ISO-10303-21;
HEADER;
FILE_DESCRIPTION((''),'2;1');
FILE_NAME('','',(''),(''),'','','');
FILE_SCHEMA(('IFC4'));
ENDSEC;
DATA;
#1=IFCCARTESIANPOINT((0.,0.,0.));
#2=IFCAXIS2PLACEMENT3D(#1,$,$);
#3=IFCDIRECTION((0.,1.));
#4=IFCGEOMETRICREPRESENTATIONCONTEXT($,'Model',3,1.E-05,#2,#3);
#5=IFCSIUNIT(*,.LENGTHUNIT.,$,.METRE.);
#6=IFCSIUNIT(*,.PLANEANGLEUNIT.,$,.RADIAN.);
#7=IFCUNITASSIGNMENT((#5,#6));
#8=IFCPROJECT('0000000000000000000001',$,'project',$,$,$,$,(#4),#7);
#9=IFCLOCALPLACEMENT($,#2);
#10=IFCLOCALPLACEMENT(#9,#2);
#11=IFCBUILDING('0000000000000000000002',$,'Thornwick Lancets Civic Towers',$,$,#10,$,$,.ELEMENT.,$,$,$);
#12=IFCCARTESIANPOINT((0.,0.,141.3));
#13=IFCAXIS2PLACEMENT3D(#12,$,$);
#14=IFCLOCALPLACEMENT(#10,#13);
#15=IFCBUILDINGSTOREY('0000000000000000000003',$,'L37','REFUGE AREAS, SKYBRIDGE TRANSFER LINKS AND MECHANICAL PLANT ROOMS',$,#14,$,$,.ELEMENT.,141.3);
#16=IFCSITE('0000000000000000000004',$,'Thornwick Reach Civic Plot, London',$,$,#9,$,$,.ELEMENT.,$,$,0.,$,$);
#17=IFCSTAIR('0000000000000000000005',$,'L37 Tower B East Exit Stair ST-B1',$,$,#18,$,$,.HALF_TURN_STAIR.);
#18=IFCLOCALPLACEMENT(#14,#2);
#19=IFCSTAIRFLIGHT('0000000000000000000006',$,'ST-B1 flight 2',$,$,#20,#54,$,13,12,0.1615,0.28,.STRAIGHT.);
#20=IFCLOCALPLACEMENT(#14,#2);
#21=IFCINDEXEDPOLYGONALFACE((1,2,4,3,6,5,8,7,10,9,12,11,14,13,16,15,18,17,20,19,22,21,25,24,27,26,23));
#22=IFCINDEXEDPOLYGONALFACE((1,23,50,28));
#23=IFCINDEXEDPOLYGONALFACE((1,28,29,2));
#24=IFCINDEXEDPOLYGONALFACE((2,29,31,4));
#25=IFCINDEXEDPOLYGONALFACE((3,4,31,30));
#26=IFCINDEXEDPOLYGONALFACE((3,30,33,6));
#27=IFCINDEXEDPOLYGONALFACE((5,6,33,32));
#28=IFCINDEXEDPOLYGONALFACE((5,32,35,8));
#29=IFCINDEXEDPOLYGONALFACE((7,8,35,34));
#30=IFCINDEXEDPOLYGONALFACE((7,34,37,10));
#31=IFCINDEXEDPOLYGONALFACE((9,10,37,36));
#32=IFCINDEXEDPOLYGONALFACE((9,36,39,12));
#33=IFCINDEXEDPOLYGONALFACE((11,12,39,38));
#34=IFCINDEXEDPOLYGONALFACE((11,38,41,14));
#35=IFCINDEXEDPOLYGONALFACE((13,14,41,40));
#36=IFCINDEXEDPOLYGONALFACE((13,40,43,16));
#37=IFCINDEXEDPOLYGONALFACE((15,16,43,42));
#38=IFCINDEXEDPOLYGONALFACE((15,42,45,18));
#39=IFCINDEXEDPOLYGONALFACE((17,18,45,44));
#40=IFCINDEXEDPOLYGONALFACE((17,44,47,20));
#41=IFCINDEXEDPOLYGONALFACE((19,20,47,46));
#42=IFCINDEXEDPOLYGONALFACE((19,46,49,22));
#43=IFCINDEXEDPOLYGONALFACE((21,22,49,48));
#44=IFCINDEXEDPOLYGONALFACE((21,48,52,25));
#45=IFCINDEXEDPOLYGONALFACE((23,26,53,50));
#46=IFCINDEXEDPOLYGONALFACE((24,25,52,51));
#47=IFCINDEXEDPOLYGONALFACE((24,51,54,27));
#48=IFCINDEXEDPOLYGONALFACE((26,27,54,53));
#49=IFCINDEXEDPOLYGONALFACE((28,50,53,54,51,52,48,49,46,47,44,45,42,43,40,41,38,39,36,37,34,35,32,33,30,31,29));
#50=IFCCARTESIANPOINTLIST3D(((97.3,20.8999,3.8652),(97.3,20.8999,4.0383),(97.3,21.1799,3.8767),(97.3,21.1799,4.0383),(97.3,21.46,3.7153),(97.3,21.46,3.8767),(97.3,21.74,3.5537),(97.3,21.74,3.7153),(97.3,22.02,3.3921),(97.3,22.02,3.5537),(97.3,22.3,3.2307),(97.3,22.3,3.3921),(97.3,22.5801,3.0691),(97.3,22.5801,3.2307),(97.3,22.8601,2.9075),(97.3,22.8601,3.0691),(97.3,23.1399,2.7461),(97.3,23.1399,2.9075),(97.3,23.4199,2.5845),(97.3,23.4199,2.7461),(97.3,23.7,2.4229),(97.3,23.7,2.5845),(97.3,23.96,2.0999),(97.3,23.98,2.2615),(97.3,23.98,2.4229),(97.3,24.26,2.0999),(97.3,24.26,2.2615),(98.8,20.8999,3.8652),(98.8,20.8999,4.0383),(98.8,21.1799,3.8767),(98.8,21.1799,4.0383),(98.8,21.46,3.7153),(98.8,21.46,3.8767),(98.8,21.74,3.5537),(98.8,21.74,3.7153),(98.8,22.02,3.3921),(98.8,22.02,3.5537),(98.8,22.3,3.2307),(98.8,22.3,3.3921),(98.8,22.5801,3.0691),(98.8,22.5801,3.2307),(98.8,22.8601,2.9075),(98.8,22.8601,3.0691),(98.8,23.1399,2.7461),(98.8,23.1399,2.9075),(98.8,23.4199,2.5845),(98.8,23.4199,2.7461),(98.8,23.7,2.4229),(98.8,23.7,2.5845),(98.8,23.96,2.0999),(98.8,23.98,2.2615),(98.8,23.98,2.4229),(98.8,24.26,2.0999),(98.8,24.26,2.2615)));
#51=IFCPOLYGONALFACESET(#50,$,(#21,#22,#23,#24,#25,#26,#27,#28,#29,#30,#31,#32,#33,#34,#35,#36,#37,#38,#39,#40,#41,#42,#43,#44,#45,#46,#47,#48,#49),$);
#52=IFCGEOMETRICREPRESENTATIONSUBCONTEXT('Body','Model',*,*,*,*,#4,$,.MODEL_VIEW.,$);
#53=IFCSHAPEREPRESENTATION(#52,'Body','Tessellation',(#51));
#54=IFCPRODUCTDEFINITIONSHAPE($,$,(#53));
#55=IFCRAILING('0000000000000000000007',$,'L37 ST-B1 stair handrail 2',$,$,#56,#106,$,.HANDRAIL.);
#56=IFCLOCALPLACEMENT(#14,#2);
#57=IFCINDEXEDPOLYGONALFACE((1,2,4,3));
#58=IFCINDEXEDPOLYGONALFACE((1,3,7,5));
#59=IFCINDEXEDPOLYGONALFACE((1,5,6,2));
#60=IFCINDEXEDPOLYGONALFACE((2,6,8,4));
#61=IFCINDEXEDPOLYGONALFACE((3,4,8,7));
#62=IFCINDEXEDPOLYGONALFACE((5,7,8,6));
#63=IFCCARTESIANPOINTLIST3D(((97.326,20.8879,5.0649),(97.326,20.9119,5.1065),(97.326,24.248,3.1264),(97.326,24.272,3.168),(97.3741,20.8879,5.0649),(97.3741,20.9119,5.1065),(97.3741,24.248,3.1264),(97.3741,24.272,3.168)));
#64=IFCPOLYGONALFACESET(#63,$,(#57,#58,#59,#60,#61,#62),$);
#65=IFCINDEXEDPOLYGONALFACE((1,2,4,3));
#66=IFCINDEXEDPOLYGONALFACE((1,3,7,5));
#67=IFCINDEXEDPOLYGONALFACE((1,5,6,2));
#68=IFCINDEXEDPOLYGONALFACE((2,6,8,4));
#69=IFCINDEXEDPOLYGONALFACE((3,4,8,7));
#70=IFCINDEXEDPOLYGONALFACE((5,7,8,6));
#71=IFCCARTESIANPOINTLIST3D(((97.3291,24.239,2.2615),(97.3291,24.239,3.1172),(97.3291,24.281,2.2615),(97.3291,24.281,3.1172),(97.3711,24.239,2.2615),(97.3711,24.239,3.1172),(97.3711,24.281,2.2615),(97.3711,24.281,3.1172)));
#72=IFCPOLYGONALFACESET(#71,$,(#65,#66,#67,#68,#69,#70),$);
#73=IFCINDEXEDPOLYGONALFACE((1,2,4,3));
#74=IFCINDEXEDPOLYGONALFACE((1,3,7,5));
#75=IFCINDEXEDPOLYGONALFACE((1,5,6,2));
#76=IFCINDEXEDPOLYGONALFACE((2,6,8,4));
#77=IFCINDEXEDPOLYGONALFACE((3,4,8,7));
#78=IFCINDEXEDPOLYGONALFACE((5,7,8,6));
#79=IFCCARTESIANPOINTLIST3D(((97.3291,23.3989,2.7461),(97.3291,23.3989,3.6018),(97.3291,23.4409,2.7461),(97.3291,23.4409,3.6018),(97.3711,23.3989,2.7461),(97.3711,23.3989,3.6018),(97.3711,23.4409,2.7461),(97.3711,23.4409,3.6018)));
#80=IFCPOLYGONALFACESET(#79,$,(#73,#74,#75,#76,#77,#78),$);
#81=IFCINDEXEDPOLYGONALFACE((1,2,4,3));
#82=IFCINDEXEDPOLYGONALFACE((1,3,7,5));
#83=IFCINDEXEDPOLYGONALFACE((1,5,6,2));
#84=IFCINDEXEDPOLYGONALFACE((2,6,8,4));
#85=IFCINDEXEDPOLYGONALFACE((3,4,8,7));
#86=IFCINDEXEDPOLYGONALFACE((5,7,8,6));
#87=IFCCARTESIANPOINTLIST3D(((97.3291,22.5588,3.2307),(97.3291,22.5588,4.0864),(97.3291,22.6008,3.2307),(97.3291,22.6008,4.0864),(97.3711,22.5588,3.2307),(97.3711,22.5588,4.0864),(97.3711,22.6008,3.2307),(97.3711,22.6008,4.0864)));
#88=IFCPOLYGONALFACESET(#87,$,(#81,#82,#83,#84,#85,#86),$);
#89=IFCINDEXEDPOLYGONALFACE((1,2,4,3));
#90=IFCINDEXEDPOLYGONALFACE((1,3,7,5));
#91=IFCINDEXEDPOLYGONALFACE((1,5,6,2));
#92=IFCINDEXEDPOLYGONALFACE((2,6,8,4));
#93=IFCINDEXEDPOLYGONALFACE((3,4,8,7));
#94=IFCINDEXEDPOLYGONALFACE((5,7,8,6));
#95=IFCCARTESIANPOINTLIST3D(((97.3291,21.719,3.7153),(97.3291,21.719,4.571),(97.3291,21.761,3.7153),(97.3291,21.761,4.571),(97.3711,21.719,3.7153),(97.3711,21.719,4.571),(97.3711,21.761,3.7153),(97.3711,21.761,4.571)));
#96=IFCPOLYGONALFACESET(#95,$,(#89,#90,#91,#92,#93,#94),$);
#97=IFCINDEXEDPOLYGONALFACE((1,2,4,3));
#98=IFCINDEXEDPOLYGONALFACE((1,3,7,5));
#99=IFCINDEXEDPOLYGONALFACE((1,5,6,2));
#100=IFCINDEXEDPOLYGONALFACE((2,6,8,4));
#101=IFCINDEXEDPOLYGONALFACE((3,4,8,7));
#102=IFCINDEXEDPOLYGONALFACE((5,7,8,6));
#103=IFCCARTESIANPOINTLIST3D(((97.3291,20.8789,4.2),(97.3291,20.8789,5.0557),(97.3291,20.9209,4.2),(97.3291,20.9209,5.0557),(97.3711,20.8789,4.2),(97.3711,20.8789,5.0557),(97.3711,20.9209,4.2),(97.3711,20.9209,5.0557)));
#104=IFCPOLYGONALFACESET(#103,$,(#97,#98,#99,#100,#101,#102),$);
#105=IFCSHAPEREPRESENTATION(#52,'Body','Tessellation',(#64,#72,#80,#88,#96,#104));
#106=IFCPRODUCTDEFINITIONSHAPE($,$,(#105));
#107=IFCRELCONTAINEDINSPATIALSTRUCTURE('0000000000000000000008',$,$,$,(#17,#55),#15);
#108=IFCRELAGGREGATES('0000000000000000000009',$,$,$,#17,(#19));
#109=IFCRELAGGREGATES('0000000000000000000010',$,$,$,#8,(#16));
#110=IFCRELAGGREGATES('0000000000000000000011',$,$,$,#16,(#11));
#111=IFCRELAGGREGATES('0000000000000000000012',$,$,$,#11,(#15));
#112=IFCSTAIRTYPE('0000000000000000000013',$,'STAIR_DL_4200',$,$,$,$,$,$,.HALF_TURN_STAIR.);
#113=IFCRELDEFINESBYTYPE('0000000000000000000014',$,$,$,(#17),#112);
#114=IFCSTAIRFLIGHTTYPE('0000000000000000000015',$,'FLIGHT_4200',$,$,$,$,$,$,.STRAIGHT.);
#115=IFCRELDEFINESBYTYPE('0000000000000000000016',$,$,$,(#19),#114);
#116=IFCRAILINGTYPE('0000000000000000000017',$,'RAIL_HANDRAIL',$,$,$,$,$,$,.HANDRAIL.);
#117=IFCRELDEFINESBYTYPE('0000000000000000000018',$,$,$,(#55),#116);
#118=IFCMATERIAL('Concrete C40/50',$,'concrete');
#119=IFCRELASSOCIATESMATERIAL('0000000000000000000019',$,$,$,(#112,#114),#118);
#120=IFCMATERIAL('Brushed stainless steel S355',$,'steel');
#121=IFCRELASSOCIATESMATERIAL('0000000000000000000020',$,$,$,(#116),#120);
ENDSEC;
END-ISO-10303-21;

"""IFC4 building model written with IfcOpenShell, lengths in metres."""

from ifc_helpers import new_model, si_unit, direction, frame, origin, origin_2d, place, context, subcontext, project, spatial, polyline, rectangle, outline, extrude, material, type_object, element, aggregate, save


model = new_model("IFC4")

# Units and contexts
model_context = context("Model", 3, precision=1e-05, world=origin(), true_north=direction((0.0, 1.0)))
body_context = subcontext(model_context, "Body", "Model", "MODEL_VIEW")
ifc_project = project(units=[si_unit("LENGTHUNIT", "METRE"), si_unit("PLANEANGLEUNIT", "RADIAN")], contexts=[model_context])

# Site, building, storey
site_placement = place(None, origin())
site = spatial("IfcSite", under=ifc_project, at=site_placement, Name="Thornwick Reach Civic Plot, London", CompositionType="ELEMENT", RefElevation=0.0)
building_placement = place(site_placement, origin())
building = spatial("IfcBuilding", under=site, at=building_placement, Name="Thornwick Lancets Civic Towers", CompositionType="ELEMENT")
storey_placement = place(building_placement, frame((0.0, 0.0, 141.3)))
storey = spatial("IfcBuildingStorey", under=building, at=storey_placement, Name="L37", Description="REFUGE AREAS, SKYBRIDGE TRANSFER LINKS AND MECHANICAL PLANT ROOMS", CompositionType="ELEMENT", Elevation=141.3)

# Stair, stair flight
ifc_material_1 = material(Name="Concrete C40/50", Category="concrete")
stair_type = type_object("IfcStairType", Name="STAIR_DL_4200", PredefinedType="HALF_TURN_STAIR", material=ifc_material_1)
stair_placement = place(storey_placement, origin())
stair = element("IfcStair", 1, at=stair_placement, inside=storey, type_object=stair_type, Name="L37 Tower B East Exit Stair ST-B1", PredefinedType="HALF_TURN_STAIR")
stair_flight_type = type_object("IfcStairFlightType", Name="FLIGHT_4200", PredefinedType="STRAIGHT", material=ifc_material_1)
stair_flight_placement = place(storey_placement, frame((98.05, 24.26, 2.0999), z_axis=(0.0, 0.0, 1.0), x_axis=(0.0, -1.0, 0.0)))
stair_flight = element("IfcStairFlight", 2, at=stair_flight_placement, type_object=stair_flight_type, Name="ST-B1 flight 2", NumberOfRisers=13, NumberOfTreads=12, PredefinedType="STRAIGHT", RiserHeight=0.1615, TreadLength=0.28, context=body_context, shape_type="SweptSolid", body=[
    extrude(outline(polyline([(0.0, 0.0), (0.0, 0.1616), (0.28, 0.1616), (0.28, 0.323), (0.5601, 0.323), (0.5601, 0.4846), (0.8401, 0.4846), (0.8401, 0.6462), (1.1201, 0.6462), (1.1201, 0.8076), (1.3999, 0.8076), (1.3999, 0.9692), (1.6799, 0.9692), (1.6799, 1.1309), (1.96, 1.1309), (1.96, 1.2922), (2.24, 1.2922), (2.24, 1.4539), (2.52, 1.4539), (2.52, 1.6155), (2.8, 1.6155), (2.8, 1.7769), (3.0801, 1.7769), (3.0801, 1.9385), (3.3601, 1.9385), (3.3601, 2.1001), (3.3601, 1.7654), (0.3, 0.0), (0.0, 0.0)])), frame((0.0, 0.75, 0.0), z_axis=(0.0, -1.0, 0.0), x_axis=(1.0, 0.0, 0.0)), (0.0, 0.0, 1.0), 1.5),
])
aggregate(stair, [stair_flight])

# Railing
ifc_material_2 = material(Name="Brushed stainless steel S355", Category="steel")
railing_type_1 = type_object("IfcRailingType", Name="RAIL_HANDRAIL", PredefinedType="HANDRAIL", material=ifc_material_2)
railing_1_placement = place(storey_placement, frame((97.3501, 24.26, 2.2615)))
element("IfcRailing", 3, at=railing_1_placement, inside=storey, type_object=railing_type_1, Name="L37 ST-B1 stair handrail 2", PredefinedType="HANDRAIL", context=body_context, shape_type="SweptSolid", body=[
    extrude(rectangle(XDim=0.0481, YDim=0.0481, at=origin_2d()), frame((0.0, 0.0, 0.8857), z_axis=(0.0, -0.866191, 0.499713), x_axis=(1.0, 0.0, 0.0)), (0.0, 0.0, 1.0), 3.8792),
    extrude(rectangle(XDim=0.042, YDim=0.042, at=origin_2d()), origin(), (0.0, 0.0, 1.0), 0.8557),
    extrude(rectangle(XDim=0.042, YDim=0.042, at=origin_2d()), frame((0.0, -0.8401, 0.4846)), (0.0, 0.0, 1.0), 0.8557),
    extrude(rectangle(XDim=0.042, YDim=0.042, at=origin_2d()), frame((0.0, -1.6802, 0.9692)), (0.0, 0.0, 1.0), 0.8557),
    extrude(rectangle(XDim=0.042, YDim=0.042, at=origin_2d()), frame((0.0, -2.52, 1.4539)), (0.0, 0.0, 1.0), 0.8557),
    extrude(rectangle(XDim=0.042, YDim=0.042, at=origin_2d()), frame((0.0, -3.3601, 1.9385)), (0.0, 0.0, 1.0), 0.8557),
])

save(model, "model.ifc")
